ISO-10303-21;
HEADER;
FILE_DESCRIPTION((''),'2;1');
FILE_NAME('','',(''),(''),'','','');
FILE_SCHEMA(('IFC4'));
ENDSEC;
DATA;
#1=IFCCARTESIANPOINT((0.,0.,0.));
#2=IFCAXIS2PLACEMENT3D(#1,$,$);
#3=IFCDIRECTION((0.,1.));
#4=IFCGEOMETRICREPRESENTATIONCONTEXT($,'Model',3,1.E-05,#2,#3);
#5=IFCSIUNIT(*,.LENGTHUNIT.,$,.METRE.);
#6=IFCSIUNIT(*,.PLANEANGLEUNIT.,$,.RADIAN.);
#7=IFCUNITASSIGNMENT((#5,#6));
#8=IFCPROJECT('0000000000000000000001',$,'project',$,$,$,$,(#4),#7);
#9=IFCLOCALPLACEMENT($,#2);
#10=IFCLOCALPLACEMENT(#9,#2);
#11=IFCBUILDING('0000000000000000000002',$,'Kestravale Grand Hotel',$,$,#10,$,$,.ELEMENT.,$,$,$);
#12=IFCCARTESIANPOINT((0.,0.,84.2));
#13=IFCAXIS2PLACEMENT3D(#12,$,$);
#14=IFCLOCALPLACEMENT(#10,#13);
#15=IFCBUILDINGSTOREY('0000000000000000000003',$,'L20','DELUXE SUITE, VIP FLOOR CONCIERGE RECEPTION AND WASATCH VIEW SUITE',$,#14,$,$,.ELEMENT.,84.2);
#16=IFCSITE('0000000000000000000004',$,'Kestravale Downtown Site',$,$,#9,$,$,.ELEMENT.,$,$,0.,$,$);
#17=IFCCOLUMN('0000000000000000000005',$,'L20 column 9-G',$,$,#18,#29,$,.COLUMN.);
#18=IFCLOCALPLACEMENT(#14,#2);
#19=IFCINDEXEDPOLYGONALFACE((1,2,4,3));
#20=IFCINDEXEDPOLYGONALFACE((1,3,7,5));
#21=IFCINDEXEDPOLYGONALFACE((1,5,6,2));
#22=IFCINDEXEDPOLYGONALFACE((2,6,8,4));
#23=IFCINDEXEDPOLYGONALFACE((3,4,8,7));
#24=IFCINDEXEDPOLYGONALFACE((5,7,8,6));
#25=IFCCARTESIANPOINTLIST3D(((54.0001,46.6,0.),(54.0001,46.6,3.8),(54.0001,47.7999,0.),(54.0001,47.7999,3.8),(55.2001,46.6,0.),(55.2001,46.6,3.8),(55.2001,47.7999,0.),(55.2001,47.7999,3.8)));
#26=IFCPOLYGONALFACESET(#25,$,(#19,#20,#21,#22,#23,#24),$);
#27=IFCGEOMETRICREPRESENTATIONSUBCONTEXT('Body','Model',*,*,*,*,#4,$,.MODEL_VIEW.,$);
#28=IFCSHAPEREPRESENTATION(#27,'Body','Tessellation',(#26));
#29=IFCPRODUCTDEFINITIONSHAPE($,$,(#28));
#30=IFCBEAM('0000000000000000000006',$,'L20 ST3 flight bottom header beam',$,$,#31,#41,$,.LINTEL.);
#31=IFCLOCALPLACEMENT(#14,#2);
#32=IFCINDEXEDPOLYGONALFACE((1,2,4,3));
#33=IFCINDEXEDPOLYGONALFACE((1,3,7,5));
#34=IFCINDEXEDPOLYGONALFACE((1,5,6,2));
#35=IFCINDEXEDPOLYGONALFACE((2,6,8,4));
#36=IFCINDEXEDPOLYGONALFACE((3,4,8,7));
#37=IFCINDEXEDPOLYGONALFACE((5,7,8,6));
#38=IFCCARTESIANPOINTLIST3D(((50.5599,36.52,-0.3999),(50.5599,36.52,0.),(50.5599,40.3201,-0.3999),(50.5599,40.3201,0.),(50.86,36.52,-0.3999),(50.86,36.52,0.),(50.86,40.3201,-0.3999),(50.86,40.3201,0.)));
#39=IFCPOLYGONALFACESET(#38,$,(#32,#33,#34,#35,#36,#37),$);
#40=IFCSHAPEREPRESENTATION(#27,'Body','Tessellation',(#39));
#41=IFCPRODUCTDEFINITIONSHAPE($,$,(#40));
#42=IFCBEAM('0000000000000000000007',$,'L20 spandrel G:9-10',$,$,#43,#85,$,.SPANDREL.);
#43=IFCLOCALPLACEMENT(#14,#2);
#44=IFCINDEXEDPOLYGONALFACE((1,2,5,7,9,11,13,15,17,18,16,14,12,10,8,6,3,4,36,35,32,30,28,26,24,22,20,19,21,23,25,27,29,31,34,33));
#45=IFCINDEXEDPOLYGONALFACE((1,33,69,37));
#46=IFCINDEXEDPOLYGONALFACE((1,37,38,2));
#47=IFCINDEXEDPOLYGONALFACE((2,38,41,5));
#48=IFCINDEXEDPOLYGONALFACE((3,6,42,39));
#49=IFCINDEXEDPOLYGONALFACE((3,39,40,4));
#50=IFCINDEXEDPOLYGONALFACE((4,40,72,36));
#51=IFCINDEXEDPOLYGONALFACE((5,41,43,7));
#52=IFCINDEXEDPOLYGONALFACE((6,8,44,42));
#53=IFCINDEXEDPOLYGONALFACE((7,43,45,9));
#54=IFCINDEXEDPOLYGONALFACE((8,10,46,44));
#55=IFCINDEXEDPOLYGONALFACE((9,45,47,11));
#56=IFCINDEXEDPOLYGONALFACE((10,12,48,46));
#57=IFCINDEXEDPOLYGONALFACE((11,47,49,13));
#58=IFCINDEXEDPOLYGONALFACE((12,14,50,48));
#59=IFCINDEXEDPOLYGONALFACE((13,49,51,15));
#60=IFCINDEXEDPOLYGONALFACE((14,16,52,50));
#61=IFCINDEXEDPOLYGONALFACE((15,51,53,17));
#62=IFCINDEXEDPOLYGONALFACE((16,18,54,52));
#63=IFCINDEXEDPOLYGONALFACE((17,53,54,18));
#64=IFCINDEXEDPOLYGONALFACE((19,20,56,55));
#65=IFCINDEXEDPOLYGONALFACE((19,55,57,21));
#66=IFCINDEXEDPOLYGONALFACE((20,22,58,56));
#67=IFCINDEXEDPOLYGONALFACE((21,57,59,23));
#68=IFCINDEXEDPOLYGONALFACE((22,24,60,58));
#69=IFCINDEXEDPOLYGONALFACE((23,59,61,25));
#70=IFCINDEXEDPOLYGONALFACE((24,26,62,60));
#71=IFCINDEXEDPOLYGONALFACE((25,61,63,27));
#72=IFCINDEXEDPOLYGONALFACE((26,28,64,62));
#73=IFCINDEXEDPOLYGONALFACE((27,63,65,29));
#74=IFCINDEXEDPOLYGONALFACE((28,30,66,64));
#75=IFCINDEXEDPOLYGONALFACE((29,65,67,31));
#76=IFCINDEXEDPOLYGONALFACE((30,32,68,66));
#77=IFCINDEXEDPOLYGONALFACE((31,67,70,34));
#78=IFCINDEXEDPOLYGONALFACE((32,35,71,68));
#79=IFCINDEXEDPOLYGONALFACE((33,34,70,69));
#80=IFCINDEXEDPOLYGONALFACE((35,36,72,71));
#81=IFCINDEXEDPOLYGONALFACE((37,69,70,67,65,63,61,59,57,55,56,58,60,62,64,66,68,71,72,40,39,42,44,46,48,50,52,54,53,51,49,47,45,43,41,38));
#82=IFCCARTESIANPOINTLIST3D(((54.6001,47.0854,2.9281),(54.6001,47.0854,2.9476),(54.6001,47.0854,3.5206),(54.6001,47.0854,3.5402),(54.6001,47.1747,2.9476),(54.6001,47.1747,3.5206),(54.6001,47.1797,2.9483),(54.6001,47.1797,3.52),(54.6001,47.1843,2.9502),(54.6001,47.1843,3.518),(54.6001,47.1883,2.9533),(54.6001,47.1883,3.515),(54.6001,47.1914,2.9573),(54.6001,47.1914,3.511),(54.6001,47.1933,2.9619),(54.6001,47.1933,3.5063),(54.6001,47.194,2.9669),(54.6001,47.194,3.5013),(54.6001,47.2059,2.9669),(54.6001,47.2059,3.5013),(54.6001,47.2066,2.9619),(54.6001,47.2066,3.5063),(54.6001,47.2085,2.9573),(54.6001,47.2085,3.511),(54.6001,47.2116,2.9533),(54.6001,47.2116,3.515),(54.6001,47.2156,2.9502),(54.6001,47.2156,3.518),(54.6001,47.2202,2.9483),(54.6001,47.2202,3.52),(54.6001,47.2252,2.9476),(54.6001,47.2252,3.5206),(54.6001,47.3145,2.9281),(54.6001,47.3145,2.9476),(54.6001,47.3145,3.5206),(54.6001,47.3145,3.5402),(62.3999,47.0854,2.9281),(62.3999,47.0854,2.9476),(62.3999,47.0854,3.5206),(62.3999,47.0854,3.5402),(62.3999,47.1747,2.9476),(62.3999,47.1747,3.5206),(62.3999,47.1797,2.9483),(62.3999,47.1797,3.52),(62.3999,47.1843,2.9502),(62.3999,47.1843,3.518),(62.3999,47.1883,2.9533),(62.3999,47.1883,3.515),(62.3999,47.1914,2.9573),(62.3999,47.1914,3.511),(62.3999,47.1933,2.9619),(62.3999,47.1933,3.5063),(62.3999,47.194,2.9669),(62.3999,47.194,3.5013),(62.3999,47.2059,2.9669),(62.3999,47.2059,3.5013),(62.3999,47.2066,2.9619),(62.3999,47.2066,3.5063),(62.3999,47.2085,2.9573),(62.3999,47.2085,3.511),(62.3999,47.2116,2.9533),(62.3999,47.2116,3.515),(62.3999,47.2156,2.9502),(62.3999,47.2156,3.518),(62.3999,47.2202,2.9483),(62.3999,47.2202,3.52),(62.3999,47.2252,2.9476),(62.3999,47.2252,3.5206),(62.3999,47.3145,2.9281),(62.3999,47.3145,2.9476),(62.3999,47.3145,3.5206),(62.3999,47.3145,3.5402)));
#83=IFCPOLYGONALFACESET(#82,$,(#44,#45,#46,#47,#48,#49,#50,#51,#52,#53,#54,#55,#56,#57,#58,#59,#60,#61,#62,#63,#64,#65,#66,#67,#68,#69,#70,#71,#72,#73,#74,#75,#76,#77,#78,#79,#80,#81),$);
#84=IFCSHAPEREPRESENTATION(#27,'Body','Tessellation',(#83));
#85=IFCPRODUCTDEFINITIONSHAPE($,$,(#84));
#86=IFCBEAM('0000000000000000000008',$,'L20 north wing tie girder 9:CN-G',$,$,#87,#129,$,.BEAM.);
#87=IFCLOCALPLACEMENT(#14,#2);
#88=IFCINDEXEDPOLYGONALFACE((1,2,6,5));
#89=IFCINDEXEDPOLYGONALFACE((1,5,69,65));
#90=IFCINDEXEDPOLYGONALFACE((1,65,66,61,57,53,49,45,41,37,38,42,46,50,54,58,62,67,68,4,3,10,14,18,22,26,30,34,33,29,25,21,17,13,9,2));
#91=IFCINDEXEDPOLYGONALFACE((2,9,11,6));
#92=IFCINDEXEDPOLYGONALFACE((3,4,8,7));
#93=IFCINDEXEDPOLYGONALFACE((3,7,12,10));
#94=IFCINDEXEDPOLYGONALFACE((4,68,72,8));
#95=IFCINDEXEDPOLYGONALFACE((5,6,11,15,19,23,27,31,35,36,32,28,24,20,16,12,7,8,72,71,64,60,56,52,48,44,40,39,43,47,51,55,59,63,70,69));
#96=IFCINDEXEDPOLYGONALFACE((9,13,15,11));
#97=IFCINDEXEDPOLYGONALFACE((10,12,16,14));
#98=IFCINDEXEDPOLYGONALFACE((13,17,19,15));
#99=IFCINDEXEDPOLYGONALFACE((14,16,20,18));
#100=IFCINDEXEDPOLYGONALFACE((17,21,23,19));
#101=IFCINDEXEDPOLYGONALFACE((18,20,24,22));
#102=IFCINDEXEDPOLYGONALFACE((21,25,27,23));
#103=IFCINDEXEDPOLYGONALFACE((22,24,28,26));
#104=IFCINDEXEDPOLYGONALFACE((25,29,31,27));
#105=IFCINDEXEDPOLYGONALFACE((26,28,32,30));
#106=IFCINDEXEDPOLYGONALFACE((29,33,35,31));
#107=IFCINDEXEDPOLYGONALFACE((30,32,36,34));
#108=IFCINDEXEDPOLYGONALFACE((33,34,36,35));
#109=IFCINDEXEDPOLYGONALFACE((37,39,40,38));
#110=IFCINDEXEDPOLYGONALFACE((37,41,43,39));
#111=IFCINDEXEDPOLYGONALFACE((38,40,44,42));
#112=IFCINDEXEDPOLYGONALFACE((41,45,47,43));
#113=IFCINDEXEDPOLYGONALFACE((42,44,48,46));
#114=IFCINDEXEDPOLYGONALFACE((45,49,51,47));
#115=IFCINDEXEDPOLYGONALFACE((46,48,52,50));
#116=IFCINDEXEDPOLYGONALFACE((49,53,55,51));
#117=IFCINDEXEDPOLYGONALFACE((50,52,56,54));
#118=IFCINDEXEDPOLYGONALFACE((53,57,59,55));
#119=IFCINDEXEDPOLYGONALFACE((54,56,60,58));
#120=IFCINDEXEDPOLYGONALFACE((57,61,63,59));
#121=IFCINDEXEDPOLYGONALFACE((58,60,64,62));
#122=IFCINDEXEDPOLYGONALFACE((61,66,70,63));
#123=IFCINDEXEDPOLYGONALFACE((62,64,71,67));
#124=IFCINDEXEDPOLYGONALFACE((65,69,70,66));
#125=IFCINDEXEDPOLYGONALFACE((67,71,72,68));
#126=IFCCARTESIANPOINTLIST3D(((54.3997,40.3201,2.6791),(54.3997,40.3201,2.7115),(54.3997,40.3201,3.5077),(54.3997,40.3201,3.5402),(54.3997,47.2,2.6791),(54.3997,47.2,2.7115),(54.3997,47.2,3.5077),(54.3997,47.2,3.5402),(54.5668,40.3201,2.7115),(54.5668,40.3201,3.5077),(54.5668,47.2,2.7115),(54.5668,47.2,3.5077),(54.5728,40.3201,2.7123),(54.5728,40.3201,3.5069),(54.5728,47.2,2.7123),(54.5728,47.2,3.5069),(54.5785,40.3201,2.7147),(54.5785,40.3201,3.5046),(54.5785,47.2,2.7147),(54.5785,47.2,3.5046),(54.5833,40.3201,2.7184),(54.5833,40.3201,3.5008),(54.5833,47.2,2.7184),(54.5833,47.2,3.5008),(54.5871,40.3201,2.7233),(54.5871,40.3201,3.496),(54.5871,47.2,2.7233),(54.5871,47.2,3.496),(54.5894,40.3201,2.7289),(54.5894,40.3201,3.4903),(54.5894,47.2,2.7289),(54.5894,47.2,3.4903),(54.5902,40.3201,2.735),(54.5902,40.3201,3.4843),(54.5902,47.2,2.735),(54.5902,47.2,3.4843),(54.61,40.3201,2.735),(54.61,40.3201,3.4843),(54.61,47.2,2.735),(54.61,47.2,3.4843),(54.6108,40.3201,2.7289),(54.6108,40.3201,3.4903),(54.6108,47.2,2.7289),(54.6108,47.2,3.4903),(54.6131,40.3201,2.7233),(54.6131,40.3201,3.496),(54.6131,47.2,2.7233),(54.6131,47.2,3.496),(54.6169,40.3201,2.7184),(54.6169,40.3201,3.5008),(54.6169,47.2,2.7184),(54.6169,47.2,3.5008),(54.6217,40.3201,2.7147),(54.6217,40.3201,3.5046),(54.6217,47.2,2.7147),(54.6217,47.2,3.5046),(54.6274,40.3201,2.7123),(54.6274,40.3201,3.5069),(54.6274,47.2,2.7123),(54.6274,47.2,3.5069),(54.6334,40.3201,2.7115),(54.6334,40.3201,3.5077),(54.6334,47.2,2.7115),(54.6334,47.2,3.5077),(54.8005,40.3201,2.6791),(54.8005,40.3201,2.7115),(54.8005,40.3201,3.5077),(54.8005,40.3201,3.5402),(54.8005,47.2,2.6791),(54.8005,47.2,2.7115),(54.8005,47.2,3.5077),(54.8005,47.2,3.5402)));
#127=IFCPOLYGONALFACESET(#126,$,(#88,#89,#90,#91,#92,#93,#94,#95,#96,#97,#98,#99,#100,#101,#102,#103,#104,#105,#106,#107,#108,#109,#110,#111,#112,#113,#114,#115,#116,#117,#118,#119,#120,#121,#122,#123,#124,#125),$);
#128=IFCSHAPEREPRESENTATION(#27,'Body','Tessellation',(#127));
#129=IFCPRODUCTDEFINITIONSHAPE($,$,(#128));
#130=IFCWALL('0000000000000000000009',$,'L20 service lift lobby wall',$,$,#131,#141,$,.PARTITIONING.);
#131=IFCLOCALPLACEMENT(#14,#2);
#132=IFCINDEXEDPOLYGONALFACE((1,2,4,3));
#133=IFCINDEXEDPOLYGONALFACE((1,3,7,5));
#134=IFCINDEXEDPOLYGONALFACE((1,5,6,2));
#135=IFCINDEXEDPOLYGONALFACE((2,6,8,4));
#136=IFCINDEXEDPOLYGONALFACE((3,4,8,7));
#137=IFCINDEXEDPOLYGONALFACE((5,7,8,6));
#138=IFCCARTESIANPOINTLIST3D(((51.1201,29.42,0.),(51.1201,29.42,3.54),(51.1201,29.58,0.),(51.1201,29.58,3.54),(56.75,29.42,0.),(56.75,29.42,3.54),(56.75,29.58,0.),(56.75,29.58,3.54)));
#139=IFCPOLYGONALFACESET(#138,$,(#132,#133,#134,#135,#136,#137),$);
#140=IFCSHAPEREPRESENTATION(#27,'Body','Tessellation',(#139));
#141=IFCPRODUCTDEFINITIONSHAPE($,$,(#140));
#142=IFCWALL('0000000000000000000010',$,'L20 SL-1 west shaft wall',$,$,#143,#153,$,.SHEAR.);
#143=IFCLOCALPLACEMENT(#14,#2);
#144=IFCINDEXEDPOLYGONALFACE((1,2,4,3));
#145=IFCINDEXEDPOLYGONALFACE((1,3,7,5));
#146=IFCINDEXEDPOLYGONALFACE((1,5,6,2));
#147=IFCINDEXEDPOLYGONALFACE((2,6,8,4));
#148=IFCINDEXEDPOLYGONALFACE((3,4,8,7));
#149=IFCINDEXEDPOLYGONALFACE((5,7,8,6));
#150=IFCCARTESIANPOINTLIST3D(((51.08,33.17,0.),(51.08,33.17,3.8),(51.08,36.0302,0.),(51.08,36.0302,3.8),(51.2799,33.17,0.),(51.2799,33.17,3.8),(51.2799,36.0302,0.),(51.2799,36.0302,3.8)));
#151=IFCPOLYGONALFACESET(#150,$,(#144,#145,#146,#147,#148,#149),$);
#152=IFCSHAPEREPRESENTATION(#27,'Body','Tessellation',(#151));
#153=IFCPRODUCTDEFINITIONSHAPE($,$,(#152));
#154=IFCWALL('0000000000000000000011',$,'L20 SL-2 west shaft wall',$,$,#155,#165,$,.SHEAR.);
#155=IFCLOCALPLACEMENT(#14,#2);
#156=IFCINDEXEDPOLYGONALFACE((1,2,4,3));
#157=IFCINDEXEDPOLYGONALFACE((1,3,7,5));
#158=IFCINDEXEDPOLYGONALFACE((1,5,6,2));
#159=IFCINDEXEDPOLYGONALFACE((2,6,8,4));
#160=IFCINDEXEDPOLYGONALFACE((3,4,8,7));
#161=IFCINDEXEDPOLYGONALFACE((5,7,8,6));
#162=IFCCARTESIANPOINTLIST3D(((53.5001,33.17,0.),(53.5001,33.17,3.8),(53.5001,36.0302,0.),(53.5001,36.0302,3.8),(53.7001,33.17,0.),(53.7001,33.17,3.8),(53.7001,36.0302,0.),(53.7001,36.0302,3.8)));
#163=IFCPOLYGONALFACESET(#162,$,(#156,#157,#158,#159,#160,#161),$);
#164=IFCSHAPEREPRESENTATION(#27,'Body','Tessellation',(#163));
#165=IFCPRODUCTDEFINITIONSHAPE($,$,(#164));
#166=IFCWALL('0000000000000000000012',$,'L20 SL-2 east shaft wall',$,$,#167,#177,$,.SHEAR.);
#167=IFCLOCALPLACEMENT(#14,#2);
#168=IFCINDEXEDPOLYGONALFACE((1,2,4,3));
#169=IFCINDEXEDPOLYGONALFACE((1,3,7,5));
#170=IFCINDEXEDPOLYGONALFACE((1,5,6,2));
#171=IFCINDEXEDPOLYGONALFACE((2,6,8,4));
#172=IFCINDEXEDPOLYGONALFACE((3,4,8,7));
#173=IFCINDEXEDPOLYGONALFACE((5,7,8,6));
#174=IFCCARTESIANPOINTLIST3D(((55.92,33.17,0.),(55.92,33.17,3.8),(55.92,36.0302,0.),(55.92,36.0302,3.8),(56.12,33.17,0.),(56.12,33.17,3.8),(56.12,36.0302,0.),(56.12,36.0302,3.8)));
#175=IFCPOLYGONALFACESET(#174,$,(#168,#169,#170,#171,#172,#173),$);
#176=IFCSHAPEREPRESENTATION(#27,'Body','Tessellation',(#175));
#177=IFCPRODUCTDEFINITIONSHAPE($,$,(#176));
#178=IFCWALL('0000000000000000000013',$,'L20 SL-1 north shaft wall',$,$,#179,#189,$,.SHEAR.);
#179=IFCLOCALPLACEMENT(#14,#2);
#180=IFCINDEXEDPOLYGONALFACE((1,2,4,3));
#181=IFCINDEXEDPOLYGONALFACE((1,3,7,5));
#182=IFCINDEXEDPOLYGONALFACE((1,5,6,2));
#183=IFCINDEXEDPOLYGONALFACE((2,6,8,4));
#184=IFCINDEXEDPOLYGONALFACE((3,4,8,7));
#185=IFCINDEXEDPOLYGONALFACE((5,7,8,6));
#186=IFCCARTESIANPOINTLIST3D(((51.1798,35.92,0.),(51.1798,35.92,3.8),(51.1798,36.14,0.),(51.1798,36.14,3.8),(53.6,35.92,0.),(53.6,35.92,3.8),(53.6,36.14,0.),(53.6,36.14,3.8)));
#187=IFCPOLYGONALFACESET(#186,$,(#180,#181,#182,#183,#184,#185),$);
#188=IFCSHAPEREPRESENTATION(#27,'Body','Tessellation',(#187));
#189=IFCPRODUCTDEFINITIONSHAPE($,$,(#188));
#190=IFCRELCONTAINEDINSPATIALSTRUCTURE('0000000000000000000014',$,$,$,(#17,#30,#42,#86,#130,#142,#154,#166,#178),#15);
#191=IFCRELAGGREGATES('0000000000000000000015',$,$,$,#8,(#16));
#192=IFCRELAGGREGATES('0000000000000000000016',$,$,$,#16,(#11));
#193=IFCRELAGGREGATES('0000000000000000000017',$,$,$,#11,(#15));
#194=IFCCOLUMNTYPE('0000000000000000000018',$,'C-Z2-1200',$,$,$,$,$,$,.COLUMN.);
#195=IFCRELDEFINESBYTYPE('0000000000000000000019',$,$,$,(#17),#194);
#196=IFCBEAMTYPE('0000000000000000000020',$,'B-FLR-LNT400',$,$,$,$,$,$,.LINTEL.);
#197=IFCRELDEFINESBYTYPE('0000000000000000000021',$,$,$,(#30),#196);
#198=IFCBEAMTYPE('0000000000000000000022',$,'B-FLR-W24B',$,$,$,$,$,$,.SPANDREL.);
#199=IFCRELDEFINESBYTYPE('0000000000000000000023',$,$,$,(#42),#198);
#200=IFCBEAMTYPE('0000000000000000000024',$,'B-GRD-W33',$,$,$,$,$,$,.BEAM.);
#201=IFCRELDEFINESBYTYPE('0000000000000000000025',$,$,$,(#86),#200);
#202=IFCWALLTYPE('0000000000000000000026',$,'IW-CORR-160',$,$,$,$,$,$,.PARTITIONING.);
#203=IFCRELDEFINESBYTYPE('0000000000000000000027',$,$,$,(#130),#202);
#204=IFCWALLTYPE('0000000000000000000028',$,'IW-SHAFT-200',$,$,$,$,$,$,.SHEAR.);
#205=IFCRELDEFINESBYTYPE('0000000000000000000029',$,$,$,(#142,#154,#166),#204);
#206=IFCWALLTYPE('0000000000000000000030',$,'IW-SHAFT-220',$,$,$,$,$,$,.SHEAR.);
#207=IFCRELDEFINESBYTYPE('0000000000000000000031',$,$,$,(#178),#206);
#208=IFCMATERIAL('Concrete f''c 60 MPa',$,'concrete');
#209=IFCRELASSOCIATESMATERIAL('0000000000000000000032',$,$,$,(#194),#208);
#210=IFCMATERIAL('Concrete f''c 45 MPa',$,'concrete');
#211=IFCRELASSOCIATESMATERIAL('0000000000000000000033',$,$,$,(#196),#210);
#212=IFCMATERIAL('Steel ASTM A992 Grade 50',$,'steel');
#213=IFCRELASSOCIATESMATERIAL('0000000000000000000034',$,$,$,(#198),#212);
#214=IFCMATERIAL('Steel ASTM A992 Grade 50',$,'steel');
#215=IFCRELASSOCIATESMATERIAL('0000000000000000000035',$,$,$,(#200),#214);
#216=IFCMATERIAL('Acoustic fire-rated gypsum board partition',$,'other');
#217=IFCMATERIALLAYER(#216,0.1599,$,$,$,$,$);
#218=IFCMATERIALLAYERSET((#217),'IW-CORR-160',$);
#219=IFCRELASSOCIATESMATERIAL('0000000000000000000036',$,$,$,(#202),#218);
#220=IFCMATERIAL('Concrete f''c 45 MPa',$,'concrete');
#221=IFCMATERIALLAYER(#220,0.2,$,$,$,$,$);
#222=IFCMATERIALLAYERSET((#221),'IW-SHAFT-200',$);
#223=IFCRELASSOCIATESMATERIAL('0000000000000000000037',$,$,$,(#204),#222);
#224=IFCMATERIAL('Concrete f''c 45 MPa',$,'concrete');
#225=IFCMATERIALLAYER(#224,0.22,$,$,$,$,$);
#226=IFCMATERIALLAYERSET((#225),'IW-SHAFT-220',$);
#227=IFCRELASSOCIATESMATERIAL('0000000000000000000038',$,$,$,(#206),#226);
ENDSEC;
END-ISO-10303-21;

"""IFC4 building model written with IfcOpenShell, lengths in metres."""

from ifc_helpers import new_model, si_unit, direction, frame, frame_2d, origin, origin_2d, place, context, subcontext, project, spatial, rectangle, i_section, extrude, material, layer, layer_set, material_profile, profile_set, type_object, element, save


model = new_model("IFC4")

# Units and contexts
model_context = context("Model", 3, precision=1e-05, world=origin(), true_north=direction((0.0, 1.0)))
body_context = subcontext(model_context, "Body", "Model", "MODEL_VIEW")
ifc_project = project(units=[si_unit("LENGTHUNIT", "METRE"), si_unit("PLANEANGLEUNIT", "RADIAN")], contexts=[model_context])

# Site, building, storey
site_placement = place(None, origin())
site = spatial("IfcSite", under=ifc_project, at=site_placement, Name="Kestravale Downtown Site", CompositionType="ELEMENT", RefElevation=0.0)
building_placement = place(site_placement, origin())
building = spatial("IfcBuilding", under=site, at=building_placement, Name="Kestravale Grand Hotel", CompositionType="ELEMENT")
storey_placement = place(building_placement, frame((0.0, 0.0, 84.2)))
storey = spatial("IfcBuildingStorey", under=building, at=storey_placement, Name="L20", Description="DELUXE SUITE, VIP FLOOR CONCIERGE RECEPTION AND WASATCH VIEW SUITE", CompositionType="ELEMENT", Elevation=84.2)

# Column
ifc_material_1 = material(Name="Concrete f'c 60 MPa", Category="concrete")
ifc_material_profile_1 = material_profile(ifc_material_1, rectangle(XDim=1.2, YDim=1.2, at=origin_2d()))
ifc_profile_set_1 = profile_set([ifc_material_profile_1], Name="Concrete f'c 60 MPa")
column_type = type_object("IfcColumnType", Name="C-Z2-1200", PredefinedType="COLUMN", material=ifc_profile_set_1)
column_placement = place(storey_placement, frame((54.6001, 47.2, 0.0), z_axis=(0.0, 0.0, 1.0), x_axis=(1.0, 0.0, 0.0)))
element("IfcColumn", 1, at=column_placement, inside=storey, type_object=column_type, Name="L20 column 9-G", PredefinedType="COLUMN", context=body_context, shape_type="SweptSolid", body=[
    extrude(rectangle(XDim=1.2, YDim=1.2, at=origin_2d()), origin(), (0.0, 0.0, 1.0), 3.8),
])

# Beams
ifc_material_2 = material(Name="Concrete f'c 45 MPa", Category="concrete")
ifc_material_profile_2 = material_profile(ifc_material_2, rectangle(XDim=0.3, YDim=0.3999, at=origin_2d()))
ifc_profile_set_2 = profile_set([ifc_material_profile_2], Name="Concrete f'c 45 MPa")
beam_type_1 = type_object("IfcBeamType", Name="B-FLR-LNT400", PredefinedType="LINTEL", material=ifc_profile_set_2)
beam_1_placement = place(storey_placement, frame((50.71, 36.52, -0.2), z_axis=(0.0, 1.0, 0.0), x_axis=(-1.0, 0.0, 0.0)))
element("IfcBeam", 2, at=beam_1_placement, inside=storey, type_object=beam_type_1, Name="L20 ST3 flight bottom header beam", PredefinedType="LINTEL", context=body_context, shape_type="SweptSolid", body=[
    extrude(rectangle(XDim=0.3, YDim=0.3999, at=origin_2d()), origin(), (0.0, 0.0, 1.0), 3.8),
])
ifc_material_3 = material(Name="Steel ASTM A992 Grade 50", Category="steel")
ifc_material_profile_3 = material_profile(ifc_material_3, i_section(OverallWidth=0.229, OverallDepth=0.6121, WebThickness=0.012, FlangeThickness=0.0195, FilletRadius=0.0193, at=origin_2d()))
ifc_profile_set_3 = profile_set([ifc_material_profile_3], Name="Steel ASTM A992 Grade 50")
beam_type_2 = type_object("IfcBeamType", Name="B-FLR-W24B", PredefinedType="SPANDREL", material=ifc_profile_set_3)
beam_2_placement = place(storey_placement, frame((54.6001, 47.2, 3.2341), z_axis=(1.0, 0.0, 0.0), x_axis=(0.0, 1.0, 0.0)))
element("IfcBeam", 3, at=beam_2_placement, inside=storey, type_object=beam_type_2, Name="L20 spandrel G:9-10", PredefinedType="SPANDREL", context=body_context, shape_type="SweptSolid", body=[
    extrude(i_section(OverallWidth=0.229, OverallDepth=0.6121, WebThickness=0.012, FlangeThickness=0.0195, FilletRadius=0.0193, at=origin_2d()), origin(), (0.0, 0.0, 1.0), 7.7998),
])
ifc_material_4 = material(Name="Steel ASTM A992 Grade 50", Category="steel")
ifc_material_profile_4 = material_profile(ifc_material_4, i_section(OverallWidth=0.4009, OverallDepth=0.8611, WebThickness=0.0198, FlangeThickness=0.0325, FilletRadius=0.0234, at=origin_2d()))
ifc_profile_set_4 = profile_set([ifc_material_profile_4], Name="Steel ASTM A992 Grade 50")
beam_type_3 = type_object("IfcBeamType", Name="B-GRD-W33", PredefinedType="BEAM", material=ifc_profile_set_4)
beam_3_placement = place(storey_placement, frame((54.6001, 40.3201, 3.1096), z_axis=(0.0, 1.0, 0.0), x_axis=(-1.0, 0.0, 0.0)))
element("IfcBeam", 4, at=beam_3_placement, inside=storey, type_object=beam_type_3, Name="L20 north wing tie girder 9:CN-G", PredefinedType="BEAM", context=body_context, shape_type="SweptSolid", body=[
    extrude(i_section(OverallWidth=0.4009, OverallDepth=0.8611, WebThickness=0.0198, FlangeThickness=0.0325, FilletRadius=0.0234, at=origin_2d()), origin(), (0.0, 0.0, 1.0), 6.8799),
])

# Shared definitions
ifc_material_5 = material(Name="Acoustic fire-rated gypsum board partition", Category="other")
ifc_layer_1 = layer(ifc_material_5, 0.1599)
ifc_layer_set_1 = layer_set([ifc_layer_1], Name="IW-CORR-160")
wall_type_1 = type_object("IfcWallType", Name="IW-CORR-160", PredefinedType="PARTITIONING", material=ifc_layer_set_1)

# Walls
wall_1_placement = place(storey_placement, frame((51.1201, 29.5, 0.0), z_axis=(0.0, 0.0, 1.0), x_axis=(1.0, 0.0, 0.0)))
element("IfcWall", 5, at=wall_1_placement, inside=storey, type_object=wall_type_1, Name="L20 service lift lobby wall", PredefinedType="PARTITIONING", context=body_context, shape_type="SweptSolid", body=[
    extrude(rectangle(XDim=5.6299, YDim=0.1599, at=frame_2d((2.8149, 0.0))), origin(), (0.0, 0.0, 1.0), 3.54),
])
ifc_material_6 = material(Name="Concrete f'c 45 MPa", Category="concrete")
ifc_layer_2 = layer(ifc_material_6, 0.2)
ifc_layer_set_2 = layer_set([ifc_layer_2], Name="IW-SHAFT-200")
wall_type_2 = type_object("IfcWallType", Name="IW-SHAFT-200", PredefinedType="SHEAR", material=ifc_layer_set_2)
for number, where, z_axis, x_axis, name in (
    (6, (51.1799, 33.1699, 0.0), (0.0, 0.0, 1.0), (0.0, 1.0, 0.0), "L20 SL-1 west shaft wall"),
    (7, (53.6001, 33.1699, 0.0), (0.0, 0.0, 1.0), (0.0, 1.0, 0.0), "L20 SL-2 west shaft wall"),
    (8, (56.02, 33.1699, 0.0), (0.0, 0.0, 1.0), (0.0, 1.0, 0.0), "L20 SL-2 east shaft wall"),
):
    element("IfcWall", number, at=place(storey_placement, frame(where, z_axis=z_axis, x_axis=x_axis)), inside=storey, type_object=wall_type_2, Name=name, PredefinedType="SHEAR", context=body_context, shape_type="SweptSolid", body=[
        extrude(rectangle(XDim=2.8601, YDim=0.2, at=frame_2d((1.4302, 0.0))), origin(), (0.0, 0.0, 1.0), 3.8),
    ])
ifc_material_7 = material(Name="Concrete f'c 45 MPa", Category="concrete")
ifc_layer_3 = layer(ifc_material_7, 0.22)
ifc_layer_set_3 = layer_set([ifc_layer_3], Name="IW-SHAFT-220")
wall_type_3 = type_object("IfcWallType", Name="IW-SHAFT-220", PredefinedType="SHEAR", material=ifc_layer_set_3)
wall_2_placement = place(storey_placement, frame((51.1799, 36.03, 0.0), z_axis=(0.0, 0.0, 1.0), x_axis=(1.0, 0.0, 0.0)))
element("IfcWall", 9, at=wall_2_placement, inside=storey, type_object=wall_type_3, Name="L20 SL-1 north shaft wall", PredefinedType="SHEAR", context=body_context, shape_type="SweptSolid", body=[
    extrude(rectangle(XDim=2.4202, YDim=0.22, at=frame_2d((1.21, 0.0))), origin(), (0.0, 0.0, 1.0), 3.8),
])

save(model, "model.ifc")
